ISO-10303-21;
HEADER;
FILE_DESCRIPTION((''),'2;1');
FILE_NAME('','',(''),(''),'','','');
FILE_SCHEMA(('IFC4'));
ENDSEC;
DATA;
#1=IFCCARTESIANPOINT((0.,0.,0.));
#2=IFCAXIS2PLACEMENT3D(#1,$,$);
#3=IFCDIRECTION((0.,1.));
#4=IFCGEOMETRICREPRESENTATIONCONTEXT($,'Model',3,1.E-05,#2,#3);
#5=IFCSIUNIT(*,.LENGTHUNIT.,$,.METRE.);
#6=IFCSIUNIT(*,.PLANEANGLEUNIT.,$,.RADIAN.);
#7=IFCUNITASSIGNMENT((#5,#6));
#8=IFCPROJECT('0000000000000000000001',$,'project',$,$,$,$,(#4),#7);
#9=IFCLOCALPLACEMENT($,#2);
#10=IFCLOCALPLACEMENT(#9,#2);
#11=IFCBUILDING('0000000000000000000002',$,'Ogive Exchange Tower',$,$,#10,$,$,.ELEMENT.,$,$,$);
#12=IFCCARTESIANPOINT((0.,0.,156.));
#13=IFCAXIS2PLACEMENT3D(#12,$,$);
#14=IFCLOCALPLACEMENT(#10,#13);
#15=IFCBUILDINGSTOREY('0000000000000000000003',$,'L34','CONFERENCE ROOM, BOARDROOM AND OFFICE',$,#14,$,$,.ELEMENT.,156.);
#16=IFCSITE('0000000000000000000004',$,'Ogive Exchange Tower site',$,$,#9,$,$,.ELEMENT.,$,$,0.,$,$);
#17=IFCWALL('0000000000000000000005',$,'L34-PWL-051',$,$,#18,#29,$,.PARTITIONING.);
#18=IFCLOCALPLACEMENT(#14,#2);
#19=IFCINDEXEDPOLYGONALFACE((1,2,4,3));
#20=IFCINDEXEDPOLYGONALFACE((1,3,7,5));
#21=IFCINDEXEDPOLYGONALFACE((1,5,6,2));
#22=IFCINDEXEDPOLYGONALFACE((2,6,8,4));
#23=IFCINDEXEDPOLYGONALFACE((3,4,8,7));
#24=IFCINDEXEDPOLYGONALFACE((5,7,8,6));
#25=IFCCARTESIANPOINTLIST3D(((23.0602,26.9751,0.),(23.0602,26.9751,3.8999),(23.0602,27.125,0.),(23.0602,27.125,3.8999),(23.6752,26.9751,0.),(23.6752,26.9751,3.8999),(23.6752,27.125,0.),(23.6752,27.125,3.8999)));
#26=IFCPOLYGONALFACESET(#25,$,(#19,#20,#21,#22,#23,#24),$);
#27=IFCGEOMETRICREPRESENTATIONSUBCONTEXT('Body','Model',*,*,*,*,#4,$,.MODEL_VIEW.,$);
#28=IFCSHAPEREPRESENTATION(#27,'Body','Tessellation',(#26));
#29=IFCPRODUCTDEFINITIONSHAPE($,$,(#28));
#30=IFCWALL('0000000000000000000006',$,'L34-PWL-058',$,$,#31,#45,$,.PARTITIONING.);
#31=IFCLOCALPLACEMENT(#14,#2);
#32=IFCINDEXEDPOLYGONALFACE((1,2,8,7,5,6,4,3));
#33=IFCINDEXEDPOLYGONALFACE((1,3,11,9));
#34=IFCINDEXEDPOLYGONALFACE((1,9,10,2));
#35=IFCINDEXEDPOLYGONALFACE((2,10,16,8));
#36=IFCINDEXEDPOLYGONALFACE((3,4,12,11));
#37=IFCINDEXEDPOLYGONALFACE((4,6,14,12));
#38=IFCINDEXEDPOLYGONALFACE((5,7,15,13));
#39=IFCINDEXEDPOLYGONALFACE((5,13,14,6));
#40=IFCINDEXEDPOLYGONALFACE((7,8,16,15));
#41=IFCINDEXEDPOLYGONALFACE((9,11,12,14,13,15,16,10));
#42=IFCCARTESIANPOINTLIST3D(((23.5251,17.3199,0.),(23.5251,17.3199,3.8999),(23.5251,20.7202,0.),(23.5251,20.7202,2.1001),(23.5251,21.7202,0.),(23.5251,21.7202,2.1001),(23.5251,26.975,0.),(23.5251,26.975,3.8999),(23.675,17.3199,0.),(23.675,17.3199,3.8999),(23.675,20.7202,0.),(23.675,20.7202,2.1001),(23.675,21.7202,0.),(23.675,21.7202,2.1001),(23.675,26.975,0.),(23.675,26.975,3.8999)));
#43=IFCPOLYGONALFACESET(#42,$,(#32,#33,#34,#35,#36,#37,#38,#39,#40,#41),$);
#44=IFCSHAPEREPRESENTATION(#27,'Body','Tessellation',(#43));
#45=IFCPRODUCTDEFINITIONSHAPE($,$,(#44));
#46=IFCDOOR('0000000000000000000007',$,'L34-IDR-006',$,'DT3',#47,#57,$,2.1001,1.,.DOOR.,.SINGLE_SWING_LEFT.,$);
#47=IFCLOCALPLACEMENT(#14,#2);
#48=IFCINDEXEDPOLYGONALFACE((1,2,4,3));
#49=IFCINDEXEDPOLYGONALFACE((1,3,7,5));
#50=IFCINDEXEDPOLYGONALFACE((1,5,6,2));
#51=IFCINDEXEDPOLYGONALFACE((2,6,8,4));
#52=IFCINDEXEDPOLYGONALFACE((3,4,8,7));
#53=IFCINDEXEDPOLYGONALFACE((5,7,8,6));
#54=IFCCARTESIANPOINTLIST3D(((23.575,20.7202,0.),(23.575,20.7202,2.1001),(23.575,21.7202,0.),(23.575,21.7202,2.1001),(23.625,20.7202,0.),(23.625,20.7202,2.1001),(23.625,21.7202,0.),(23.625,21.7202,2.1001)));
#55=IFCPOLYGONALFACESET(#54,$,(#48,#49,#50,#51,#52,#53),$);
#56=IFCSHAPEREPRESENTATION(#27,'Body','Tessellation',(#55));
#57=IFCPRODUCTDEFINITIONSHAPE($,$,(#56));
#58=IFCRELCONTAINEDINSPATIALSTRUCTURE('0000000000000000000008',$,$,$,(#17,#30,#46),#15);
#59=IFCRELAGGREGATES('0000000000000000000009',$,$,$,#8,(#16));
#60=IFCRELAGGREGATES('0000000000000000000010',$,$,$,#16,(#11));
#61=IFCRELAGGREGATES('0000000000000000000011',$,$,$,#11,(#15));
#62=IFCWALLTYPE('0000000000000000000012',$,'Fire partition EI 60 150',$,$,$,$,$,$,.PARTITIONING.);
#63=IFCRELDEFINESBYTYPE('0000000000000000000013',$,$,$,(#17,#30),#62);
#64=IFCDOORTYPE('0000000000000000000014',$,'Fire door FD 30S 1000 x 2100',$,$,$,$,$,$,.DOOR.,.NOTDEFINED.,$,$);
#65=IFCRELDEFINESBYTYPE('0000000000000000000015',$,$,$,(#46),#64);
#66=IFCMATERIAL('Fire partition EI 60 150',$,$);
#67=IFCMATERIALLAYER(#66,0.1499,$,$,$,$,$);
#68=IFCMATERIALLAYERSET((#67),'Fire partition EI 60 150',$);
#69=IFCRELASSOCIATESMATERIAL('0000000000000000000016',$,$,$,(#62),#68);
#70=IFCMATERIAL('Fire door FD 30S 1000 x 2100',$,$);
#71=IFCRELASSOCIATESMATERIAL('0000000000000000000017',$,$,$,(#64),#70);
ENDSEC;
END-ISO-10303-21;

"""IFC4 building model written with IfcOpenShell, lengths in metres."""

from ifc_helpers import new_model, si_unit, direction, frame, frame_2d, origin, place, context, subcontext, project, spatial, rectangle, extrude, material, layer, layer_set, type_object, element, fill, save


model = new_model("IFC4")

# Units and contexts
model_context = context("Model", 3, precision=1e-05, world=origin(), true_north=direction((0.0, 1.0)))
body_context = subcontext(model_context, "Body", "Model", "MODEL_VIEW")
ifc_project = project(units=[si_unit("LENGTHUNIT", "METRE"), si_unit("PLANEANGLEUNIT", "RADIAN")], contexts=[model_context])

# Site, building, storey
site_placement = place(None, origin())
site = spatial("IfcSite", under=ifc_project, at=site_placement, Name="Ogive Exchange Tower site", CompositionType="ELEMENT", RefElevation=0.0)
building_placement = place(site_placement, origin())
building = spatial("IfcBuilding", under=site, at=building_placement, Name="Ogive Exchange Tower", CompositionType="ELEMENT")
storey_placement = place(building_placement, frame((0.0, 0.0, 156.0)))
storey = spatial("IfcBuildingStorey", under=building, at=storey_placement, Name="L34", Description="CONFERENCE ROOM, BOARDROOM AND OFFICE", CompositionType="ELEMENT", Elevation=156.0)

# Wall
ifc_material_1 = material(Name="Fire partition EI 60 150")
ifc_layer_1 = layer(ifc_material_1, 0.1499)
ifc_layer_set_1 = layer_set([ifc_layer_1], Name="Fire partition EI 60 150")
wall_type_1 = type_object("IfcWallType", Name="Fire partition EI 60 150", PredefinedType="PARTITIONING", material=ifc_layer_set_1)
wall_1_placement = place(storey_placement, frame((23.0601, 27.05, 0.0), z_axis=(0.0, 0.0, 1.0), x_axis=(1.0, 0.0, 0.0)))
element("IfcWall", 1, at=wall_1_placement, inside=storey, type_object=wall_type_1, Name="L34-PWL-051", PredefinedType="PARTITIONING", context=body_context, shape_type="SweptSolid", body=[
    extrude(rectangle(XDim=0.615, YDim=0.1499, at=frame_2d((0.3076, 0.0))), origin(), (0.0, 0.0, 1.0), 3.8999),
])

# Wall, opening, door
wall_2_placement = place(storey_placement, frame((23.6001, 26.9751, 0.0), z_axis=(0.0, 0.0, 1.0), x_axis=(0.0, -1.0, 0.0)))
wall_2 = element("IfcWall", 2, at=wall_2_placement, inside=storey, type_object=wall_type_1, Name="L34-PWL-058", PredefinedType="PARTITIONING", context=body_context, shape_type="SweptSolid", body=[
    extrude(rectangle(XDim=9.655, YDim=0.1499, at=frame_2d((4.8276, 0.0))), origin(), (0.0, 0.0, 1.0), 3.8999),
])
opening_1_placement = place(wall_2_placement, frame((5.2549, 0.0, 0.0)))
opening_1 = element("IfcOpeningElement", 3, at=opening_1_placement, cuts=wall_2, PredefinedType="OPENING", context=body_context, shape_type="SweptSolid", body=[
    extrude(rectangle(XDim=1.0, YDim=2.1001, at=frame_2d((0.5, 1.05))), frame((0.0, 0.085, 0.0), z_axis=(0.0, -1.0, 0.0), x_axis=(1.0, 0.0, 0.0)), (0.0, 0.0, 1.0), 0.1699),
])
ifc_material_2 = material(Name="Fire door FD 30S 1000 x 2100")
door_type_1 = type_object("IfcDoorType", Name="Fire door FD 30S 1000 x 2100", OperationType="NOTDEFINED", PredefinedType="DOOR", material=ifc_material_2)
door_1_placement = place(opening_1_placement, origin())
door_1 = element("IfcDoor", 4, at=door_1_placement, inside=storey, type_object=door_type_1, Name="L34-IDR-006", ObjectType="DT3", OperationType="SINGLE_SWING_LEFT", OverallHeight=2.1001, OverallWidth=1.0, PredefinedType="DOOR", context=body_context, shape_type="SweptSolid", body=[
    extrude(rectangle(XDim=1.0, YDim=2.1001, at=frame_2d((0.5, 1.05))), frame((0.0, 0.0249, 0.0), z_axis=(0.0, -1.0, 0.0), x_axis=(1.0, 0.0, 0.0)), (0.0, 0.0, 1.0), 0.05),
])
fill(opening_1, door_1)

save(model, "model.ifc")
